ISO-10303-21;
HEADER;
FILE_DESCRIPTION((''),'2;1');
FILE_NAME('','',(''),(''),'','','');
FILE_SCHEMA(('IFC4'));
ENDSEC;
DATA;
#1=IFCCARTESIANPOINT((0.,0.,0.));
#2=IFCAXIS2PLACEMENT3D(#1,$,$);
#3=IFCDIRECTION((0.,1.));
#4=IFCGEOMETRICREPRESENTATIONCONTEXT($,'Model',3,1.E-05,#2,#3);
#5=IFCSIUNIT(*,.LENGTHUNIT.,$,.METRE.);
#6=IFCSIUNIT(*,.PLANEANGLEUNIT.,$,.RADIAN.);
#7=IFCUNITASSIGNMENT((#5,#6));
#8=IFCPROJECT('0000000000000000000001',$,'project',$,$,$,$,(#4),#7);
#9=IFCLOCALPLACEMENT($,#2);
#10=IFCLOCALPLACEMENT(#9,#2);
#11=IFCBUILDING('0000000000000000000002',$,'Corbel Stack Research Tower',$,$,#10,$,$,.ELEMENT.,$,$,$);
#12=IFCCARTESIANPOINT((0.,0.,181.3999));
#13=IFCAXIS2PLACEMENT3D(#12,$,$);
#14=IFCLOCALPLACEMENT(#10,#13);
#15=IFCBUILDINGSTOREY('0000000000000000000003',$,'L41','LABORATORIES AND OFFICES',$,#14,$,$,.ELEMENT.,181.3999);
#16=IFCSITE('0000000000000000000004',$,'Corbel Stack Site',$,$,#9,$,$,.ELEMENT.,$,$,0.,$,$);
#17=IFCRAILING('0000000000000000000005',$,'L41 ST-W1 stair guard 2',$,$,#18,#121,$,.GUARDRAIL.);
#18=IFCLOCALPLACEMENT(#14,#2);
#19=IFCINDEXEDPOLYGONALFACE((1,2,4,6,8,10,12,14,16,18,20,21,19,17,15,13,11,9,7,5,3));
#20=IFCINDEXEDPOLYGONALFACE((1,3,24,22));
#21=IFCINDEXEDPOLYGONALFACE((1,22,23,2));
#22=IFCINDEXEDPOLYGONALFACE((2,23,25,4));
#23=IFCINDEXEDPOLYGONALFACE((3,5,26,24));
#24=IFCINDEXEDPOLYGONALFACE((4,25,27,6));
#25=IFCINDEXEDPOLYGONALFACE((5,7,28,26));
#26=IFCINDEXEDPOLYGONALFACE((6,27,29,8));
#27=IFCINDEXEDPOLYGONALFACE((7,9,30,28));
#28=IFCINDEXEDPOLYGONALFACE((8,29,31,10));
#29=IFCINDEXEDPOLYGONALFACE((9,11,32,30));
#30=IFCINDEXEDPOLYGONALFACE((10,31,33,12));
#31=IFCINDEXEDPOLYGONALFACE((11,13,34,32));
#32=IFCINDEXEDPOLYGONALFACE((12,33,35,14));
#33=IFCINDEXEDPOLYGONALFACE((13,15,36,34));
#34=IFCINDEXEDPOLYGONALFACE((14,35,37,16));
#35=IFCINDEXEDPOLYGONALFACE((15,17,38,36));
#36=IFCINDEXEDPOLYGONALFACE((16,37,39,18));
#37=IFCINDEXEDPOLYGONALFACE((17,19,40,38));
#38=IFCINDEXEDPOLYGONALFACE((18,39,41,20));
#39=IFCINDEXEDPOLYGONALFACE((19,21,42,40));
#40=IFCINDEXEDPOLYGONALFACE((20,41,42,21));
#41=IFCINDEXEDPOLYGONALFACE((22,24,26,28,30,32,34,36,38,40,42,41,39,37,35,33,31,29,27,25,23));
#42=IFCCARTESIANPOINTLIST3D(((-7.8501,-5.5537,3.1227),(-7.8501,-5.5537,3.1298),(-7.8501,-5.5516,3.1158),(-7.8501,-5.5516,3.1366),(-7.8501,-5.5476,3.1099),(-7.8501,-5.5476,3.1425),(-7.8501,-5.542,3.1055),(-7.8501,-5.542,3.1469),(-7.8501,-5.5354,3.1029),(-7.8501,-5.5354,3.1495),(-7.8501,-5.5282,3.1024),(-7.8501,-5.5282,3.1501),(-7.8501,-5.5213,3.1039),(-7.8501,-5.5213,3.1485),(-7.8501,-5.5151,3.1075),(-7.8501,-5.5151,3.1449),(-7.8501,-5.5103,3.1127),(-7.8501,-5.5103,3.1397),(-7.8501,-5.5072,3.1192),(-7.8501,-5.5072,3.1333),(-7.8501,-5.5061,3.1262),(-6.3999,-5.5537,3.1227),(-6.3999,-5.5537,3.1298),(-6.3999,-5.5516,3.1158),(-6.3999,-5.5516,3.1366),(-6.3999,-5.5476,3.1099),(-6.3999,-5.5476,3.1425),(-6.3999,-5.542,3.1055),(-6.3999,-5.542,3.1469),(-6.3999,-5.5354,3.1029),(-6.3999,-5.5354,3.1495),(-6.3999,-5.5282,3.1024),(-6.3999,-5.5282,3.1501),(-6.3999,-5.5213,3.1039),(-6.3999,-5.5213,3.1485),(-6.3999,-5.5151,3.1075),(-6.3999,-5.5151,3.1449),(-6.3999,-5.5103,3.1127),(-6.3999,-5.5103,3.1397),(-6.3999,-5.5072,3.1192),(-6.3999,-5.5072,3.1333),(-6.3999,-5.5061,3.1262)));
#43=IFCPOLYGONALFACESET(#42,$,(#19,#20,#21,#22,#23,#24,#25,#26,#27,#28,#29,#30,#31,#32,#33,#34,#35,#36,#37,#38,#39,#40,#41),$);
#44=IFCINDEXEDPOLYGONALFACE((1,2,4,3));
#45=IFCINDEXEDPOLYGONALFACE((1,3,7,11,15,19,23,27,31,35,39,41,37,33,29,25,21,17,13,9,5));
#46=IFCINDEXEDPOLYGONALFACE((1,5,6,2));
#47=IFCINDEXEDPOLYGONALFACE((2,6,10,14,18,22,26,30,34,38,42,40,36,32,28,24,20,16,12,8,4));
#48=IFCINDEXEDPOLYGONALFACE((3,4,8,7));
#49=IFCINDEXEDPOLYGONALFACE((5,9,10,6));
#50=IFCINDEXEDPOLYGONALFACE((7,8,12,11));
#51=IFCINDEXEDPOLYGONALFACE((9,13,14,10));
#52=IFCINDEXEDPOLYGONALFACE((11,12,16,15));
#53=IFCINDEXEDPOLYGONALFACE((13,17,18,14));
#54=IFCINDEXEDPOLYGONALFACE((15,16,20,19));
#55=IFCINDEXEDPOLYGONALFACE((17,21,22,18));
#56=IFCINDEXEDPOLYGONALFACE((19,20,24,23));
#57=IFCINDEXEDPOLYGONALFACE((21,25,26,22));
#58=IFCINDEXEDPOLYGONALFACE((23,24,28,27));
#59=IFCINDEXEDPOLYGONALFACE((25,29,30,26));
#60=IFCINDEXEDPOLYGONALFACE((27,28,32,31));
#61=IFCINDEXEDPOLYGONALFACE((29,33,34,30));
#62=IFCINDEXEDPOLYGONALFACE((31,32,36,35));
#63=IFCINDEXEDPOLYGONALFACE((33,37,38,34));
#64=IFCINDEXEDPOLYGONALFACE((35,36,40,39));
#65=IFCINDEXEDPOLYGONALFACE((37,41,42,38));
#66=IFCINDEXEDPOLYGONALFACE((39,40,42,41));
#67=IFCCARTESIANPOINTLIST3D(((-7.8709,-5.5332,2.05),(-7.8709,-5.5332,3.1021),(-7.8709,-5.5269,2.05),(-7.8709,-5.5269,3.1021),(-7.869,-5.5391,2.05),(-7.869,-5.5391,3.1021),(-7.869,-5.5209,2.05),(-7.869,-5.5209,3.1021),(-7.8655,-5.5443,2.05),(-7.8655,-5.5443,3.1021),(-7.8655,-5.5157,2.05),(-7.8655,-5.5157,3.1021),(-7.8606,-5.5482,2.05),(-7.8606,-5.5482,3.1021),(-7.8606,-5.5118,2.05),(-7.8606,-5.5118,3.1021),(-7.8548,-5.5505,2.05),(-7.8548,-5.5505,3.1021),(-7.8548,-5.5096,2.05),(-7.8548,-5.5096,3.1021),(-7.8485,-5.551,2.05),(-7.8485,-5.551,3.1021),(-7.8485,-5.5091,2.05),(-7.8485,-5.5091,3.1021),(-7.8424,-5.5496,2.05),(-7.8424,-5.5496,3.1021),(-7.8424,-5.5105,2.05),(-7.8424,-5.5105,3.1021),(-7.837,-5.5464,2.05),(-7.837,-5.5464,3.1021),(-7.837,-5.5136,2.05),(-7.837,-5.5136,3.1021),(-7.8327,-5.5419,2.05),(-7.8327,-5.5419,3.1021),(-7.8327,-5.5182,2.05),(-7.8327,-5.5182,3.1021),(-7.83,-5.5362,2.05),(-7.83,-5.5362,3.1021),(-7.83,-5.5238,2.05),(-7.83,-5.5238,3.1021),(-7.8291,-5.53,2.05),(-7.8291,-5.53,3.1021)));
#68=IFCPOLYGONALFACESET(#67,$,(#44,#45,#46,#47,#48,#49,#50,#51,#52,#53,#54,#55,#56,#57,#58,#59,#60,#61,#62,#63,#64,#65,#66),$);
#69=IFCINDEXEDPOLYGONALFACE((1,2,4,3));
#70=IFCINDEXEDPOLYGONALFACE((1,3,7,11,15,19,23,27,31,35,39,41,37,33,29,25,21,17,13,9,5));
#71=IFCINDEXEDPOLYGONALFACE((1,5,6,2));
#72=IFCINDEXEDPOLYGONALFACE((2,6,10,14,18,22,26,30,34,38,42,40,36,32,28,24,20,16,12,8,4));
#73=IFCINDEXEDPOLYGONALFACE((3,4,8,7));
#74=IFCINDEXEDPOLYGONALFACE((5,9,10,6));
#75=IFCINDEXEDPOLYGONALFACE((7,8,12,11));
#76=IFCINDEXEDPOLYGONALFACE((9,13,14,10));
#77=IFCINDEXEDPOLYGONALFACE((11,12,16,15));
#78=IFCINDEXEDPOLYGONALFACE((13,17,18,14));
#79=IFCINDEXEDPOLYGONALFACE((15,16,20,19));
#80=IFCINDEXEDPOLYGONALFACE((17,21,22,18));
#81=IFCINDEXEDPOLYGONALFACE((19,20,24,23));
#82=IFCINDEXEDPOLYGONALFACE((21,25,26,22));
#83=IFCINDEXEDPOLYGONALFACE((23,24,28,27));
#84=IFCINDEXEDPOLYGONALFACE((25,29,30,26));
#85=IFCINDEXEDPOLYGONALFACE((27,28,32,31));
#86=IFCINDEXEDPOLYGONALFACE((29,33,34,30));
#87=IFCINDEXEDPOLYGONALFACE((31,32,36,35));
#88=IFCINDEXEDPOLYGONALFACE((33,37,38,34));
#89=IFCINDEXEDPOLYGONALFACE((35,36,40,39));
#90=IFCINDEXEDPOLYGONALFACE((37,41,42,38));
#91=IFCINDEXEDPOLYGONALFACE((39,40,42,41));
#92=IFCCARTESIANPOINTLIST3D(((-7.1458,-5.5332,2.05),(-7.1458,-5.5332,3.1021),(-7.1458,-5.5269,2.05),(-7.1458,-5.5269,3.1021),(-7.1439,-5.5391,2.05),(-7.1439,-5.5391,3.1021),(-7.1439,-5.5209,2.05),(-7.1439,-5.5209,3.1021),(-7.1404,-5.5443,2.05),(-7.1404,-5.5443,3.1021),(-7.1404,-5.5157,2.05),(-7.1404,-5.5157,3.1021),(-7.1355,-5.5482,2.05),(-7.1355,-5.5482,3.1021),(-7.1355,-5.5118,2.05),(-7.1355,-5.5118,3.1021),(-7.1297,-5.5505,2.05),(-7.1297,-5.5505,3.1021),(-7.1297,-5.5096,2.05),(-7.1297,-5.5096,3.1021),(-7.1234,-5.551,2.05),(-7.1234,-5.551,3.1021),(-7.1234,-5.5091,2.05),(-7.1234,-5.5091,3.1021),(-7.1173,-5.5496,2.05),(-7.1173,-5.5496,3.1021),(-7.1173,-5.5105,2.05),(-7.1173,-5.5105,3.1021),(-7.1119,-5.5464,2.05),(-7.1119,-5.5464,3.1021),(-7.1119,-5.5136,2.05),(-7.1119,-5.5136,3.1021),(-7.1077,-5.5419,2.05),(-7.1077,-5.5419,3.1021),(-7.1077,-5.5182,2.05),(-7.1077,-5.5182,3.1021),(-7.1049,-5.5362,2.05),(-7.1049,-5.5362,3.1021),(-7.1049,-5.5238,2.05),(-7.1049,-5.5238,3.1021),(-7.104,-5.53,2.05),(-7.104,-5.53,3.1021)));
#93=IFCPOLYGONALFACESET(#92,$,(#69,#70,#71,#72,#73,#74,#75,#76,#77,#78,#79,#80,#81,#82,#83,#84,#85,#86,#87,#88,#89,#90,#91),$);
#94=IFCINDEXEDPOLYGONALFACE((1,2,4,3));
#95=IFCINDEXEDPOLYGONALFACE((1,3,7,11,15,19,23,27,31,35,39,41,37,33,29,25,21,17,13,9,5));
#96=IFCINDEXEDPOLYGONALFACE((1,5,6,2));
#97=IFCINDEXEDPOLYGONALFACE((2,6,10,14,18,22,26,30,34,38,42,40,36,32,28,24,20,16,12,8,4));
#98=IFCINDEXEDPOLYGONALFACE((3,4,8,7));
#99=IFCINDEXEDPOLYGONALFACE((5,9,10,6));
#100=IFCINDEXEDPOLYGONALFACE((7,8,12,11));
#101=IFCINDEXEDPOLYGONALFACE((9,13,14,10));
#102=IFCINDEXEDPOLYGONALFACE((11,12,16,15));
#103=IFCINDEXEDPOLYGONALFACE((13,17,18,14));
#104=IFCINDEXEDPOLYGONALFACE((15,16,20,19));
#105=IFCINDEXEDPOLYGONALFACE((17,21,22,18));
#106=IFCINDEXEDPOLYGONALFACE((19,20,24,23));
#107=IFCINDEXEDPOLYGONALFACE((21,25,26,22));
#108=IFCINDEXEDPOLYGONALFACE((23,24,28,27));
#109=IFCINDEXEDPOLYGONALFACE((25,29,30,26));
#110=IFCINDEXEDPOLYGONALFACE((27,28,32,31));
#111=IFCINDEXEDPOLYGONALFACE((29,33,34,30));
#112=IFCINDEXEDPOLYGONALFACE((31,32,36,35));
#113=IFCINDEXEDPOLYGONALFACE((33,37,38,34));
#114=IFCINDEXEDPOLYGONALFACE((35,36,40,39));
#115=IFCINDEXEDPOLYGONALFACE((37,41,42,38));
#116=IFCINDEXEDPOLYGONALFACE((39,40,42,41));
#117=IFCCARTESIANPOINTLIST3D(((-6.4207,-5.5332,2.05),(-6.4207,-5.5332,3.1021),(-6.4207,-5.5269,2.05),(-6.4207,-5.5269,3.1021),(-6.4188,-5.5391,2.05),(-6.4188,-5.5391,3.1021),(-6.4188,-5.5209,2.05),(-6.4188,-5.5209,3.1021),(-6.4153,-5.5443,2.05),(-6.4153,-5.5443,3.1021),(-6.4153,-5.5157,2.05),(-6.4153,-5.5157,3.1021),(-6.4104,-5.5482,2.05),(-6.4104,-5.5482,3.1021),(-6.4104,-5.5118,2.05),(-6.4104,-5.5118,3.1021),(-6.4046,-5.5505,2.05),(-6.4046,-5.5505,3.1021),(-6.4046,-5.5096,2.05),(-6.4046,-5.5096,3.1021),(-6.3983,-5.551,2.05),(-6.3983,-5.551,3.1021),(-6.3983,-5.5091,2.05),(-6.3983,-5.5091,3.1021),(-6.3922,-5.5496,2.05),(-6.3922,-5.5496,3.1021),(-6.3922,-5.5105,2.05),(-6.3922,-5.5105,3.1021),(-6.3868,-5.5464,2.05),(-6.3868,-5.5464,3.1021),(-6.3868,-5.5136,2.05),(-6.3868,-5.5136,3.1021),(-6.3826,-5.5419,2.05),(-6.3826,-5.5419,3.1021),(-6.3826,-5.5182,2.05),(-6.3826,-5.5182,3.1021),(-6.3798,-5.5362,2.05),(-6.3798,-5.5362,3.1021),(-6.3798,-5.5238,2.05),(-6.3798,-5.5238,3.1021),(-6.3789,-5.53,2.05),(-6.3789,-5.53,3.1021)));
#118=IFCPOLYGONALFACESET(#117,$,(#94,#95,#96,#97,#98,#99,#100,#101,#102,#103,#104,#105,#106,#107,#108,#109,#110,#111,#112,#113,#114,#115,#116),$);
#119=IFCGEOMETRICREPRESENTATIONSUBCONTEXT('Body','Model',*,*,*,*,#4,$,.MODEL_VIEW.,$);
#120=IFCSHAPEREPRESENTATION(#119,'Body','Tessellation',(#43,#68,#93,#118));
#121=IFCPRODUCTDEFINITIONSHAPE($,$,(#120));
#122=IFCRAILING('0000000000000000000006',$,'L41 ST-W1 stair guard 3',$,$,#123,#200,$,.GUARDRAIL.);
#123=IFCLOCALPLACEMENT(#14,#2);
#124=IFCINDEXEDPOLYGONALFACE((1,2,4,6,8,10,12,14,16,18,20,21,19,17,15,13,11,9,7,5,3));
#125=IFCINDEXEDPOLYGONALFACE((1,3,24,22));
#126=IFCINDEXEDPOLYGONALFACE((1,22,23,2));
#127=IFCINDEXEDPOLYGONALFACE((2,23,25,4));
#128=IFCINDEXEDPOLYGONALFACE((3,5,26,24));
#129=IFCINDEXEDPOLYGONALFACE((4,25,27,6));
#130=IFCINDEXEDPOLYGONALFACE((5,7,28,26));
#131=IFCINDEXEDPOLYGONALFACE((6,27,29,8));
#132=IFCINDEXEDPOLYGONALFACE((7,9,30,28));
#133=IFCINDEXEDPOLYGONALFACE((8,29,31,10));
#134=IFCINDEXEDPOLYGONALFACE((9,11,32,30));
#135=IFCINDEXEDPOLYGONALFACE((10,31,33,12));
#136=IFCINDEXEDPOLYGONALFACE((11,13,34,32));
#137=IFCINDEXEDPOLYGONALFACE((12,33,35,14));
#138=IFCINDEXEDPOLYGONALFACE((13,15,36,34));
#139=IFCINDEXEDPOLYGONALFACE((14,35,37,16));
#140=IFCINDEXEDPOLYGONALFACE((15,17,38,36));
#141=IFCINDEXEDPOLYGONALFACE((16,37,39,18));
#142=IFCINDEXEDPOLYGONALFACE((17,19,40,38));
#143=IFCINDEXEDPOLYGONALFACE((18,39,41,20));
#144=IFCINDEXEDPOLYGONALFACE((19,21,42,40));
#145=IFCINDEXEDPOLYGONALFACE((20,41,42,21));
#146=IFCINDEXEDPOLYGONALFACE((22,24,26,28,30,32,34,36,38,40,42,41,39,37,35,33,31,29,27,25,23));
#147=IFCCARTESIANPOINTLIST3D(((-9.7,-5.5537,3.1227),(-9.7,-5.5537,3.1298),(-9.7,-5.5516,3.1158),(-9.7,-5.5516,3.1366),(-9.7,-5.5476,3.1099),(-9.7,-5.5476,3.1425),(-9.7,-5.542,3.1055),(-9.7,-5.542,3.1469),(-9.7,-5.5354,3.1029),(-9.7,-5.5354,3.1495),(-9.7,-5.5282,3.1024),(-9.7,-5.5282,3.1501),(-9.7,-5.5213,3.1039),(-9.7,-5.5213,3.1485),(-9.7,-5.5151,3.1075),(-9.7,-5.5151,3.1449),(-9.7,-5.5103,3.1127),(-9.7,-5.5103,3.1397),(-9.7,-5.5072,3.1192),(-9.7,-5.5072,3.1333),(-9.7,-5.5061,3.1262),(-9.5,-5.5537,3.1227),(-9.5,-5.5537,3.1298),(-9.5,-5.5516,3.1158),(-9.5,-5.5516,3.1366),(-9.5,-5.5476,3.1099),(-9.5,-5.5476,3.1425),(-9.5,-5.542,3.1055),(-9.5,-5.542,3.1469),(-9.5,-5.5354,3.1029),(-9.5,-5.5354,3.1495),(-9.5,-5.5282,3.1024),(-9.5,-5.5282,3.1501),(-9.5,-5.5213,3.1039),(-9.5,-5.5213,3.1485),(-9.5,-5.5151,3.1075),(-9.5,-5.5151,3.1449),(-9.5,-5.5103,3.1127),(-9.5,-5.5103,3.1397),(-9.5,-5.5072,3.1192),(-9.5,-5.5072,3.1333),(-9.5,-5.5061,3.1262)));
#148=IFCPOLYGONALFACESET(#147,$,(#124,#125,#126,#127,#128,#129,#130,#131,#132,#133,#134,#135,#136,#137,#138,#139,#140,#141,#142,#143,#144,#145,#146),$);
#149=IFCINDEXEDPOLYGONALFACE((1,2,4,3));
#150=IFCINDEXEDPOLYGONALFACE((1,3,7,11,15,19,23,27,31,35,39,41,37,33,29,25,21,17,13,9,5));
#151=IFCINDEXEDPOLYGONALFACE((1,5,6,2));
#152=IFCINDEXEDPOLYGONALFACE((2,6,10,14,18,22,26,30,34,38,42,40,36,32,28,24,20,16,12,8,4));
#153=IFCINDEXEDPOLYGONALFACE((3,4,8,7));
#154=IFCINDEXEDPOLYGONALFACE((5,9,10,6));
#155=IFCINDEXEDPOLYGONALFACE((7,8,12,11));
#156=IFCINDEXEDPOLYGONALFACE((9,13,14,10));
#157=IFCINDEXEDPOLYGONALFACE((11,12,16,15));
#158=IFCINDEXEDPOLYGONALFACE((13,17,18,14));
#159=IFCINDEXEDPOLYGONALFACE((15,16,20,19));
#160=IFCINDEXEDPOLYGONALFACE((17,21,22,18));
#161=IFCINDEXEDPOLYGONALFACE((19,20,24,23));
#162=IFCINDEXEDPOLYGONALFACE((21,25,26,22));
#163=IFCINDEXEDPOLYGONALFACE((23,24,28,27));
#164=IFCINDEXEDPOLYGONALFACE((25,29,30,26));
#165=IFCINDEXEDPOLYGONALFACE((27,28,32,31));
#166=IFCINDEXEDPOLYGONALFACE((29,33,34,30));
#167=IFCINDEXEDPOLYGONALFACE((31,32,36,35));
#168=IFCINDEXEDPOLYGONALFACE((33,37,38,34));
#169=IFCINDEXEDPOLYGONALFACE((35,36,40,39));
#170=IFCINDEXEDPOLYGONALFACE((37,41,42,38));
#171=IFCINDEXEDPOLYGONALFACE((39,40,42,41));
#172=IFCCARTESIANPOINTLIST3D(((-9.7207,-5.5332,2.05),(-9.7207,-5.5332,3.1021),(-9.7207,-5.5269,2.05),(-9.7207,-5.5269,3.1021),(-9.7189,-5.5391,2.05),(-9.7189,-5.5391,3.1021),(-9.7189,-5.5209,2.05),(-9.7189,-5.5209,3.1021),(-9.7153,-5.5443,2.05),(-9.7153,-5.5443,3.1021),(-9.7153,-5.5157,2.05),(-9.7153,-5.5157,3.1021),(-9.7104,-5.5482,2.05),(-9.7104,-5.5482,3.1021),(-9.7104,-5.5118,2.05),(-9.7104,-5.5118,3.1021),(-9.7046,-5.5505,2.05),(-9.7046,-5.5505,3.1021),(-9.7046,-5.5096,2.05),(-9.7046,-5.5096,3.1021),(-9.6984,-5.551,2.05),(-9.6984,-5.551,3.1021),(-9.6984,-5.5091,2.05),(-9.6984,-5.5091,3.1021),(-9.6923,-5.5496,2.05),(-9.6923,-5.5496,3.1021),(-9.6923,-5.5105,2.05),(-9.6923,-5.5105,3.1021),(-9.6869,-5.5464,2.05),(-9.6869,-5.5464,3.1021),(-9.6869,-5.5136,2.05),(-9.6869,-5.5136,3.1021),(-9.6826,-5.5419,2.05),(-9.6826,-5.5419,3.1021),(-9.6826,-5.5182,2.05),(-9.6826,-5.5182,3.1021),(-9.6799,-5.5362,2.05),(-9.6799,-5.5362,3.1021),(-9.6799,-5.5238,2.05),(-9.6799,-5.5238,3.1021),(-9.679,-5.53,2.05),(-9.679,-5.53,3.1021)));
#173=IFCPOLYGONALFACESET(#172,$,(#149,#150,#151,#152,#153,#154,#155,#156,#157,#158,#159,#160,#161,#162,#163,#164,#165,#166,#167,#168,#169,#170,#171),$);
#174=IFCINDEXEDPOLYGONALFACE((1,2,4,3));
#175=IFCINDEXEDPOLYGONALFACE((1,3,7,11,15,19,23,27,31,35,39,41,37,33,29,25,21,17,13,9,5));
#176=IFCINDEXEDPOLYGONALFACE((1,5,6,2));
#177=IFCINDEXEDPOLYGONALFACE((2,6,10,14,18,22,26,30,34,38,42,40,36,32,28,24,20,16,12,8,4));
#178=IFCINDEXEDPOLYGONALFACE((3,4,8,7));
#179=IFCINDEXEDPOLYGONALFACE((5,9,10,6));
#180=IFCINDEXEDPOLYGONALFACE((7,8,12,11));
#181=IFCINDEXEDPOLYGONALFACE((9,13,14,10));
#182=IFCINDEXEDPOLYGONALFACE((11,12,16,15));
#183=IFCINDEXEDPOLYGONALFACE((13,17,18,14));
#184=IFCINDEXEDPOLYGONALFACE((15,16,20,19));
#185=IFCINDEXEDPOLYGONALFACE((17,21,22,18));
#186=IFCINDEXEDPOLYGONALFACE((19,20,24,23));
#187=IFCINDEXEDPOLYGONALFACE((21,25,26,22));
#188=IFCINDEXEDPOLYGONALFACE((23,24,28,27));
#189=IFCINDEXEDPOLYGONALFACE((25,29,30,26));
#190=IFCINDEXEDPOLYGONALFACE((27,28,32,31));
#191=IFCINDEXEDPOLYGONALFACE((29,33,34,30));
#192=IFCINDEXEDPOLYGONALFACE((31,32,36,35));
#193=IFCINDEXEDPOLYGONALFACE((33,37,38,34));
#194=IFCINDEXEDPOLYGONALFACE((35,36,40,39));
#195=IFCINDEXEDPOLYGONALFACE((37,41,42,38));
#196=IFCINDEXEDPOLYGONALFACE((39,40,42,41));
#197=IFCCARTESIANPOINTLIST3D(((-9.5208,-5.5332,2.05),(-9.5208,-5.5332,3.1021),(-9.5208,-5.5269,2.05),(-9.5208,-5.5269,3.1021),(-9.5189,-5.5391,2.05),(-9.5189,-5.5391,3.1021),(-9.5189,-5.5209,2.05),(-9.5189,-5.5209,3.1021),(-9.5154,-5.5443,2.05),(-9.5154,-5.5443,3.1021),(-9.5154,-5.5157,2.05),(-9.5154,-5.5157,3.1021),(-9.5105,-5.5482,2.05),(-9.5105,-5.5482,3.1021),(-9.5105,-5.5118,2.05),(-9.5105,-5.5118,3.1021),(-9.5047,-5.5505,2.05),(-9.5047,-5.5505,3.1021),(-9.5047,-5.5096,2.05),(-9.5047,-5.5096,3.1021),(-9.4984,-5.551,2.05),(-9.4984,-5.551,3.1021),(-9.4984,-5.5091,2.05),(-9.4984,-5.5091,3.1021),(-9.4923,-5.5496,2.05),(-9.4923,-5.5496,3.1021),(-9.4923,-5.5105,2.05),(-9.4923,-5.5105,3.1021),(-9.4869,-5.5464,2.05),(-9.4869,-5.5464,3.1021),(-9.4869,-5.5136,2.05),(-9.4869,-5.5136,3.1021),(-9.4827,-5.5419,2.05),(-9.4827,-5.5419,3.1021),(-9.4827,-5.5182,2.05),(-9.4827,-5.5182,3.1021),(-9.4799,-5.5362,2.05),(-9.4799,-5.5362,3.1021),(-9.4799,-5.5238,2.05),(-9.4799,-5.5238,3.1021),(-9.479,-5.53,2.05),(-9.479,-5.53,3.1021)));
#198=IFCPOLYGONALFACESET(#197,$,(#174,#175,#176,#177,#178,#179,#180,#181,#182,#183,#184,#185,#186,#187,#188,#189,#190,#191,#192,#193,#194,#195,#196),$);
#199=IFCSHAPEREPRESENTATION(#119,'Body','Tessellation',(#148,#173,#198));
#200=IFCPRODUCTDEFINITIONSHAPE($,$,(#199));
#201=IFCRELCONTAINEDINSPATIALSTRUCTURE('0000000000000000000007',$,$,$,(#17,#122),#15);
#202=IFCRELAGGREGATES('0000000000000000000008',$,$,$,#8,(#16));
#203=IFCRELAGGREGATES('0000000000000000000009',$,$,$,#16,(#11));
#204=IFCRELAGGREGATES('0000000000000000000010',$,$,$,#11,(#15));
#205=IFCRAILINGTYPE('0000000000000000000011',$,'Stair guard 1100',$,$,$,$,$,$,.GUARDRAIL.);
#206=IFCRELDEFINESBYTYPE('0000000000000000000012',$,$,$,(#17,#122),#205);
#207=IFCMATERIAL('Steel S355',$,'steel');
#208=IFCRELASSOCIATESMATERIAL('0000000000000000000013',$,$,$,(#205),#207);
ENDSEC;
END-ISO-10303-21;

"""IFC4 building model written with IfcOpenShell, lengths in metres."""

from ifc_helpers import new_model, si_unit, direction, frame, origin, origin_2d, place, context, subcontext, project, spatial, circle, extrude, material, type_object, element, save


model = new_model("IFC4")

# Units and contexts
model_context = context("Model", 3, precision=1e-05, world=origin(), true_north=direction((0.0, 1.0)))
body_context = subcontext(model_context, "Body", "Model", "MODEL_VIEW")
ifc_project = project(units=[si_unit("LENGTHUNIT", "METRE"), si_unit("PLANEANGLEUNIT", "RADIAN")], contexts=[model_context])

# Site, building, storey
site_placement = place(None, origin())
site = spatial("IfcSite", under=ifc_project, at=site_placement, Name="Corbel Stack Site", CompositionType="ELEMENT", RefElevation=0.0)
building_placement = place(site_placement, origin())
building = spatial("IfcBuilding", under=site, at=building_placement, Name="Corbel Stack Research Tower", CompositionType="ELEMENT")
storey_placement = place(building_placement, frame((0.0, 0.0, 181.3999)))
storey = spatial("IfcBuildingStorey", under=building, at=storey_placement, Name="L41", Description="LABORATORIES AND OFFICES", CompositionType="ELEMENT", Elevation=181.3999)

# Railings
ifc_material_1 = material(Name="Steel S355", Category="steel")
railing_type = type_object("IfcRailingType", Name="Stair guard 1100", PredefinedType="GUARDRAIL", material=ifc_material_1)
railing_1_placement = place(storey_placement, frame((-7.8501, -5.53, 2.05)))
element("IfcRailing", 1, at=railing_1_placement, inside=storey, type_object=railing_type, Name="L41 ST-W1 stair guard 2", PredefinedType="GUARDRAIL", context=body_context, shape_type="SweptSolid", body=[
    extrude(circle(Radius=0.0239, at=origin_2d()), frame((0.0, 0.0, 1.0762), z_axis=(1.0, 0.0, 0.0), x_axis=(0.0, 1.0, 0.0)), (0.0, 0.0, 1.0), 1.4502),
    extrude(circle(Radius=0.021, at=origin_2d()), origin(), (0.0, 0.0, 1.0), 1.052),
    extrude(circle(Radius=0.021, at=origin_2d()), frame((0.7251, 0.0, 0.0)), (0.0, 0.0, 1.0), 1.052),
    extrude(circle(Radius=0.021, at=origin_2d()), frame((1.4502, 0.0, 0.0)), (0.0, 0.0, 1.0), 1.052),
])
railing_2_placement = place(storey_placement, frame((-9.7, -5.53, 2.05)))
element("IfcRailing", 2, at=railing_2_placement, inside=storey, type_object=railing_type, Name="L41 ST-W1 stair guard 3", PredefinedType="GUARDRAIL", context=body_context, shape_type="SweptSolid", body=[
    extrude(circle(Radius=0.0239, at=origin_2d()), frame((0.0, 0.0, 1.0762), z_axis=(1.0, 0.0, 0.0), x_axis=(0.0, 1.0, 0.0)), (0.0, 0.0, 1.0), 0.2),
    extrude(circle(Radius=0.021, at=origin_2d()), origin(), (0.0, 0.0, 1.0), 1.052),
    extrude(circle(Radius=0.021, at=origin_2d()), frame((0.2, 0.0, 0.0)), (0.0, 0.0, 1.0), 1.052),
])

save(model, "model.ifc")
